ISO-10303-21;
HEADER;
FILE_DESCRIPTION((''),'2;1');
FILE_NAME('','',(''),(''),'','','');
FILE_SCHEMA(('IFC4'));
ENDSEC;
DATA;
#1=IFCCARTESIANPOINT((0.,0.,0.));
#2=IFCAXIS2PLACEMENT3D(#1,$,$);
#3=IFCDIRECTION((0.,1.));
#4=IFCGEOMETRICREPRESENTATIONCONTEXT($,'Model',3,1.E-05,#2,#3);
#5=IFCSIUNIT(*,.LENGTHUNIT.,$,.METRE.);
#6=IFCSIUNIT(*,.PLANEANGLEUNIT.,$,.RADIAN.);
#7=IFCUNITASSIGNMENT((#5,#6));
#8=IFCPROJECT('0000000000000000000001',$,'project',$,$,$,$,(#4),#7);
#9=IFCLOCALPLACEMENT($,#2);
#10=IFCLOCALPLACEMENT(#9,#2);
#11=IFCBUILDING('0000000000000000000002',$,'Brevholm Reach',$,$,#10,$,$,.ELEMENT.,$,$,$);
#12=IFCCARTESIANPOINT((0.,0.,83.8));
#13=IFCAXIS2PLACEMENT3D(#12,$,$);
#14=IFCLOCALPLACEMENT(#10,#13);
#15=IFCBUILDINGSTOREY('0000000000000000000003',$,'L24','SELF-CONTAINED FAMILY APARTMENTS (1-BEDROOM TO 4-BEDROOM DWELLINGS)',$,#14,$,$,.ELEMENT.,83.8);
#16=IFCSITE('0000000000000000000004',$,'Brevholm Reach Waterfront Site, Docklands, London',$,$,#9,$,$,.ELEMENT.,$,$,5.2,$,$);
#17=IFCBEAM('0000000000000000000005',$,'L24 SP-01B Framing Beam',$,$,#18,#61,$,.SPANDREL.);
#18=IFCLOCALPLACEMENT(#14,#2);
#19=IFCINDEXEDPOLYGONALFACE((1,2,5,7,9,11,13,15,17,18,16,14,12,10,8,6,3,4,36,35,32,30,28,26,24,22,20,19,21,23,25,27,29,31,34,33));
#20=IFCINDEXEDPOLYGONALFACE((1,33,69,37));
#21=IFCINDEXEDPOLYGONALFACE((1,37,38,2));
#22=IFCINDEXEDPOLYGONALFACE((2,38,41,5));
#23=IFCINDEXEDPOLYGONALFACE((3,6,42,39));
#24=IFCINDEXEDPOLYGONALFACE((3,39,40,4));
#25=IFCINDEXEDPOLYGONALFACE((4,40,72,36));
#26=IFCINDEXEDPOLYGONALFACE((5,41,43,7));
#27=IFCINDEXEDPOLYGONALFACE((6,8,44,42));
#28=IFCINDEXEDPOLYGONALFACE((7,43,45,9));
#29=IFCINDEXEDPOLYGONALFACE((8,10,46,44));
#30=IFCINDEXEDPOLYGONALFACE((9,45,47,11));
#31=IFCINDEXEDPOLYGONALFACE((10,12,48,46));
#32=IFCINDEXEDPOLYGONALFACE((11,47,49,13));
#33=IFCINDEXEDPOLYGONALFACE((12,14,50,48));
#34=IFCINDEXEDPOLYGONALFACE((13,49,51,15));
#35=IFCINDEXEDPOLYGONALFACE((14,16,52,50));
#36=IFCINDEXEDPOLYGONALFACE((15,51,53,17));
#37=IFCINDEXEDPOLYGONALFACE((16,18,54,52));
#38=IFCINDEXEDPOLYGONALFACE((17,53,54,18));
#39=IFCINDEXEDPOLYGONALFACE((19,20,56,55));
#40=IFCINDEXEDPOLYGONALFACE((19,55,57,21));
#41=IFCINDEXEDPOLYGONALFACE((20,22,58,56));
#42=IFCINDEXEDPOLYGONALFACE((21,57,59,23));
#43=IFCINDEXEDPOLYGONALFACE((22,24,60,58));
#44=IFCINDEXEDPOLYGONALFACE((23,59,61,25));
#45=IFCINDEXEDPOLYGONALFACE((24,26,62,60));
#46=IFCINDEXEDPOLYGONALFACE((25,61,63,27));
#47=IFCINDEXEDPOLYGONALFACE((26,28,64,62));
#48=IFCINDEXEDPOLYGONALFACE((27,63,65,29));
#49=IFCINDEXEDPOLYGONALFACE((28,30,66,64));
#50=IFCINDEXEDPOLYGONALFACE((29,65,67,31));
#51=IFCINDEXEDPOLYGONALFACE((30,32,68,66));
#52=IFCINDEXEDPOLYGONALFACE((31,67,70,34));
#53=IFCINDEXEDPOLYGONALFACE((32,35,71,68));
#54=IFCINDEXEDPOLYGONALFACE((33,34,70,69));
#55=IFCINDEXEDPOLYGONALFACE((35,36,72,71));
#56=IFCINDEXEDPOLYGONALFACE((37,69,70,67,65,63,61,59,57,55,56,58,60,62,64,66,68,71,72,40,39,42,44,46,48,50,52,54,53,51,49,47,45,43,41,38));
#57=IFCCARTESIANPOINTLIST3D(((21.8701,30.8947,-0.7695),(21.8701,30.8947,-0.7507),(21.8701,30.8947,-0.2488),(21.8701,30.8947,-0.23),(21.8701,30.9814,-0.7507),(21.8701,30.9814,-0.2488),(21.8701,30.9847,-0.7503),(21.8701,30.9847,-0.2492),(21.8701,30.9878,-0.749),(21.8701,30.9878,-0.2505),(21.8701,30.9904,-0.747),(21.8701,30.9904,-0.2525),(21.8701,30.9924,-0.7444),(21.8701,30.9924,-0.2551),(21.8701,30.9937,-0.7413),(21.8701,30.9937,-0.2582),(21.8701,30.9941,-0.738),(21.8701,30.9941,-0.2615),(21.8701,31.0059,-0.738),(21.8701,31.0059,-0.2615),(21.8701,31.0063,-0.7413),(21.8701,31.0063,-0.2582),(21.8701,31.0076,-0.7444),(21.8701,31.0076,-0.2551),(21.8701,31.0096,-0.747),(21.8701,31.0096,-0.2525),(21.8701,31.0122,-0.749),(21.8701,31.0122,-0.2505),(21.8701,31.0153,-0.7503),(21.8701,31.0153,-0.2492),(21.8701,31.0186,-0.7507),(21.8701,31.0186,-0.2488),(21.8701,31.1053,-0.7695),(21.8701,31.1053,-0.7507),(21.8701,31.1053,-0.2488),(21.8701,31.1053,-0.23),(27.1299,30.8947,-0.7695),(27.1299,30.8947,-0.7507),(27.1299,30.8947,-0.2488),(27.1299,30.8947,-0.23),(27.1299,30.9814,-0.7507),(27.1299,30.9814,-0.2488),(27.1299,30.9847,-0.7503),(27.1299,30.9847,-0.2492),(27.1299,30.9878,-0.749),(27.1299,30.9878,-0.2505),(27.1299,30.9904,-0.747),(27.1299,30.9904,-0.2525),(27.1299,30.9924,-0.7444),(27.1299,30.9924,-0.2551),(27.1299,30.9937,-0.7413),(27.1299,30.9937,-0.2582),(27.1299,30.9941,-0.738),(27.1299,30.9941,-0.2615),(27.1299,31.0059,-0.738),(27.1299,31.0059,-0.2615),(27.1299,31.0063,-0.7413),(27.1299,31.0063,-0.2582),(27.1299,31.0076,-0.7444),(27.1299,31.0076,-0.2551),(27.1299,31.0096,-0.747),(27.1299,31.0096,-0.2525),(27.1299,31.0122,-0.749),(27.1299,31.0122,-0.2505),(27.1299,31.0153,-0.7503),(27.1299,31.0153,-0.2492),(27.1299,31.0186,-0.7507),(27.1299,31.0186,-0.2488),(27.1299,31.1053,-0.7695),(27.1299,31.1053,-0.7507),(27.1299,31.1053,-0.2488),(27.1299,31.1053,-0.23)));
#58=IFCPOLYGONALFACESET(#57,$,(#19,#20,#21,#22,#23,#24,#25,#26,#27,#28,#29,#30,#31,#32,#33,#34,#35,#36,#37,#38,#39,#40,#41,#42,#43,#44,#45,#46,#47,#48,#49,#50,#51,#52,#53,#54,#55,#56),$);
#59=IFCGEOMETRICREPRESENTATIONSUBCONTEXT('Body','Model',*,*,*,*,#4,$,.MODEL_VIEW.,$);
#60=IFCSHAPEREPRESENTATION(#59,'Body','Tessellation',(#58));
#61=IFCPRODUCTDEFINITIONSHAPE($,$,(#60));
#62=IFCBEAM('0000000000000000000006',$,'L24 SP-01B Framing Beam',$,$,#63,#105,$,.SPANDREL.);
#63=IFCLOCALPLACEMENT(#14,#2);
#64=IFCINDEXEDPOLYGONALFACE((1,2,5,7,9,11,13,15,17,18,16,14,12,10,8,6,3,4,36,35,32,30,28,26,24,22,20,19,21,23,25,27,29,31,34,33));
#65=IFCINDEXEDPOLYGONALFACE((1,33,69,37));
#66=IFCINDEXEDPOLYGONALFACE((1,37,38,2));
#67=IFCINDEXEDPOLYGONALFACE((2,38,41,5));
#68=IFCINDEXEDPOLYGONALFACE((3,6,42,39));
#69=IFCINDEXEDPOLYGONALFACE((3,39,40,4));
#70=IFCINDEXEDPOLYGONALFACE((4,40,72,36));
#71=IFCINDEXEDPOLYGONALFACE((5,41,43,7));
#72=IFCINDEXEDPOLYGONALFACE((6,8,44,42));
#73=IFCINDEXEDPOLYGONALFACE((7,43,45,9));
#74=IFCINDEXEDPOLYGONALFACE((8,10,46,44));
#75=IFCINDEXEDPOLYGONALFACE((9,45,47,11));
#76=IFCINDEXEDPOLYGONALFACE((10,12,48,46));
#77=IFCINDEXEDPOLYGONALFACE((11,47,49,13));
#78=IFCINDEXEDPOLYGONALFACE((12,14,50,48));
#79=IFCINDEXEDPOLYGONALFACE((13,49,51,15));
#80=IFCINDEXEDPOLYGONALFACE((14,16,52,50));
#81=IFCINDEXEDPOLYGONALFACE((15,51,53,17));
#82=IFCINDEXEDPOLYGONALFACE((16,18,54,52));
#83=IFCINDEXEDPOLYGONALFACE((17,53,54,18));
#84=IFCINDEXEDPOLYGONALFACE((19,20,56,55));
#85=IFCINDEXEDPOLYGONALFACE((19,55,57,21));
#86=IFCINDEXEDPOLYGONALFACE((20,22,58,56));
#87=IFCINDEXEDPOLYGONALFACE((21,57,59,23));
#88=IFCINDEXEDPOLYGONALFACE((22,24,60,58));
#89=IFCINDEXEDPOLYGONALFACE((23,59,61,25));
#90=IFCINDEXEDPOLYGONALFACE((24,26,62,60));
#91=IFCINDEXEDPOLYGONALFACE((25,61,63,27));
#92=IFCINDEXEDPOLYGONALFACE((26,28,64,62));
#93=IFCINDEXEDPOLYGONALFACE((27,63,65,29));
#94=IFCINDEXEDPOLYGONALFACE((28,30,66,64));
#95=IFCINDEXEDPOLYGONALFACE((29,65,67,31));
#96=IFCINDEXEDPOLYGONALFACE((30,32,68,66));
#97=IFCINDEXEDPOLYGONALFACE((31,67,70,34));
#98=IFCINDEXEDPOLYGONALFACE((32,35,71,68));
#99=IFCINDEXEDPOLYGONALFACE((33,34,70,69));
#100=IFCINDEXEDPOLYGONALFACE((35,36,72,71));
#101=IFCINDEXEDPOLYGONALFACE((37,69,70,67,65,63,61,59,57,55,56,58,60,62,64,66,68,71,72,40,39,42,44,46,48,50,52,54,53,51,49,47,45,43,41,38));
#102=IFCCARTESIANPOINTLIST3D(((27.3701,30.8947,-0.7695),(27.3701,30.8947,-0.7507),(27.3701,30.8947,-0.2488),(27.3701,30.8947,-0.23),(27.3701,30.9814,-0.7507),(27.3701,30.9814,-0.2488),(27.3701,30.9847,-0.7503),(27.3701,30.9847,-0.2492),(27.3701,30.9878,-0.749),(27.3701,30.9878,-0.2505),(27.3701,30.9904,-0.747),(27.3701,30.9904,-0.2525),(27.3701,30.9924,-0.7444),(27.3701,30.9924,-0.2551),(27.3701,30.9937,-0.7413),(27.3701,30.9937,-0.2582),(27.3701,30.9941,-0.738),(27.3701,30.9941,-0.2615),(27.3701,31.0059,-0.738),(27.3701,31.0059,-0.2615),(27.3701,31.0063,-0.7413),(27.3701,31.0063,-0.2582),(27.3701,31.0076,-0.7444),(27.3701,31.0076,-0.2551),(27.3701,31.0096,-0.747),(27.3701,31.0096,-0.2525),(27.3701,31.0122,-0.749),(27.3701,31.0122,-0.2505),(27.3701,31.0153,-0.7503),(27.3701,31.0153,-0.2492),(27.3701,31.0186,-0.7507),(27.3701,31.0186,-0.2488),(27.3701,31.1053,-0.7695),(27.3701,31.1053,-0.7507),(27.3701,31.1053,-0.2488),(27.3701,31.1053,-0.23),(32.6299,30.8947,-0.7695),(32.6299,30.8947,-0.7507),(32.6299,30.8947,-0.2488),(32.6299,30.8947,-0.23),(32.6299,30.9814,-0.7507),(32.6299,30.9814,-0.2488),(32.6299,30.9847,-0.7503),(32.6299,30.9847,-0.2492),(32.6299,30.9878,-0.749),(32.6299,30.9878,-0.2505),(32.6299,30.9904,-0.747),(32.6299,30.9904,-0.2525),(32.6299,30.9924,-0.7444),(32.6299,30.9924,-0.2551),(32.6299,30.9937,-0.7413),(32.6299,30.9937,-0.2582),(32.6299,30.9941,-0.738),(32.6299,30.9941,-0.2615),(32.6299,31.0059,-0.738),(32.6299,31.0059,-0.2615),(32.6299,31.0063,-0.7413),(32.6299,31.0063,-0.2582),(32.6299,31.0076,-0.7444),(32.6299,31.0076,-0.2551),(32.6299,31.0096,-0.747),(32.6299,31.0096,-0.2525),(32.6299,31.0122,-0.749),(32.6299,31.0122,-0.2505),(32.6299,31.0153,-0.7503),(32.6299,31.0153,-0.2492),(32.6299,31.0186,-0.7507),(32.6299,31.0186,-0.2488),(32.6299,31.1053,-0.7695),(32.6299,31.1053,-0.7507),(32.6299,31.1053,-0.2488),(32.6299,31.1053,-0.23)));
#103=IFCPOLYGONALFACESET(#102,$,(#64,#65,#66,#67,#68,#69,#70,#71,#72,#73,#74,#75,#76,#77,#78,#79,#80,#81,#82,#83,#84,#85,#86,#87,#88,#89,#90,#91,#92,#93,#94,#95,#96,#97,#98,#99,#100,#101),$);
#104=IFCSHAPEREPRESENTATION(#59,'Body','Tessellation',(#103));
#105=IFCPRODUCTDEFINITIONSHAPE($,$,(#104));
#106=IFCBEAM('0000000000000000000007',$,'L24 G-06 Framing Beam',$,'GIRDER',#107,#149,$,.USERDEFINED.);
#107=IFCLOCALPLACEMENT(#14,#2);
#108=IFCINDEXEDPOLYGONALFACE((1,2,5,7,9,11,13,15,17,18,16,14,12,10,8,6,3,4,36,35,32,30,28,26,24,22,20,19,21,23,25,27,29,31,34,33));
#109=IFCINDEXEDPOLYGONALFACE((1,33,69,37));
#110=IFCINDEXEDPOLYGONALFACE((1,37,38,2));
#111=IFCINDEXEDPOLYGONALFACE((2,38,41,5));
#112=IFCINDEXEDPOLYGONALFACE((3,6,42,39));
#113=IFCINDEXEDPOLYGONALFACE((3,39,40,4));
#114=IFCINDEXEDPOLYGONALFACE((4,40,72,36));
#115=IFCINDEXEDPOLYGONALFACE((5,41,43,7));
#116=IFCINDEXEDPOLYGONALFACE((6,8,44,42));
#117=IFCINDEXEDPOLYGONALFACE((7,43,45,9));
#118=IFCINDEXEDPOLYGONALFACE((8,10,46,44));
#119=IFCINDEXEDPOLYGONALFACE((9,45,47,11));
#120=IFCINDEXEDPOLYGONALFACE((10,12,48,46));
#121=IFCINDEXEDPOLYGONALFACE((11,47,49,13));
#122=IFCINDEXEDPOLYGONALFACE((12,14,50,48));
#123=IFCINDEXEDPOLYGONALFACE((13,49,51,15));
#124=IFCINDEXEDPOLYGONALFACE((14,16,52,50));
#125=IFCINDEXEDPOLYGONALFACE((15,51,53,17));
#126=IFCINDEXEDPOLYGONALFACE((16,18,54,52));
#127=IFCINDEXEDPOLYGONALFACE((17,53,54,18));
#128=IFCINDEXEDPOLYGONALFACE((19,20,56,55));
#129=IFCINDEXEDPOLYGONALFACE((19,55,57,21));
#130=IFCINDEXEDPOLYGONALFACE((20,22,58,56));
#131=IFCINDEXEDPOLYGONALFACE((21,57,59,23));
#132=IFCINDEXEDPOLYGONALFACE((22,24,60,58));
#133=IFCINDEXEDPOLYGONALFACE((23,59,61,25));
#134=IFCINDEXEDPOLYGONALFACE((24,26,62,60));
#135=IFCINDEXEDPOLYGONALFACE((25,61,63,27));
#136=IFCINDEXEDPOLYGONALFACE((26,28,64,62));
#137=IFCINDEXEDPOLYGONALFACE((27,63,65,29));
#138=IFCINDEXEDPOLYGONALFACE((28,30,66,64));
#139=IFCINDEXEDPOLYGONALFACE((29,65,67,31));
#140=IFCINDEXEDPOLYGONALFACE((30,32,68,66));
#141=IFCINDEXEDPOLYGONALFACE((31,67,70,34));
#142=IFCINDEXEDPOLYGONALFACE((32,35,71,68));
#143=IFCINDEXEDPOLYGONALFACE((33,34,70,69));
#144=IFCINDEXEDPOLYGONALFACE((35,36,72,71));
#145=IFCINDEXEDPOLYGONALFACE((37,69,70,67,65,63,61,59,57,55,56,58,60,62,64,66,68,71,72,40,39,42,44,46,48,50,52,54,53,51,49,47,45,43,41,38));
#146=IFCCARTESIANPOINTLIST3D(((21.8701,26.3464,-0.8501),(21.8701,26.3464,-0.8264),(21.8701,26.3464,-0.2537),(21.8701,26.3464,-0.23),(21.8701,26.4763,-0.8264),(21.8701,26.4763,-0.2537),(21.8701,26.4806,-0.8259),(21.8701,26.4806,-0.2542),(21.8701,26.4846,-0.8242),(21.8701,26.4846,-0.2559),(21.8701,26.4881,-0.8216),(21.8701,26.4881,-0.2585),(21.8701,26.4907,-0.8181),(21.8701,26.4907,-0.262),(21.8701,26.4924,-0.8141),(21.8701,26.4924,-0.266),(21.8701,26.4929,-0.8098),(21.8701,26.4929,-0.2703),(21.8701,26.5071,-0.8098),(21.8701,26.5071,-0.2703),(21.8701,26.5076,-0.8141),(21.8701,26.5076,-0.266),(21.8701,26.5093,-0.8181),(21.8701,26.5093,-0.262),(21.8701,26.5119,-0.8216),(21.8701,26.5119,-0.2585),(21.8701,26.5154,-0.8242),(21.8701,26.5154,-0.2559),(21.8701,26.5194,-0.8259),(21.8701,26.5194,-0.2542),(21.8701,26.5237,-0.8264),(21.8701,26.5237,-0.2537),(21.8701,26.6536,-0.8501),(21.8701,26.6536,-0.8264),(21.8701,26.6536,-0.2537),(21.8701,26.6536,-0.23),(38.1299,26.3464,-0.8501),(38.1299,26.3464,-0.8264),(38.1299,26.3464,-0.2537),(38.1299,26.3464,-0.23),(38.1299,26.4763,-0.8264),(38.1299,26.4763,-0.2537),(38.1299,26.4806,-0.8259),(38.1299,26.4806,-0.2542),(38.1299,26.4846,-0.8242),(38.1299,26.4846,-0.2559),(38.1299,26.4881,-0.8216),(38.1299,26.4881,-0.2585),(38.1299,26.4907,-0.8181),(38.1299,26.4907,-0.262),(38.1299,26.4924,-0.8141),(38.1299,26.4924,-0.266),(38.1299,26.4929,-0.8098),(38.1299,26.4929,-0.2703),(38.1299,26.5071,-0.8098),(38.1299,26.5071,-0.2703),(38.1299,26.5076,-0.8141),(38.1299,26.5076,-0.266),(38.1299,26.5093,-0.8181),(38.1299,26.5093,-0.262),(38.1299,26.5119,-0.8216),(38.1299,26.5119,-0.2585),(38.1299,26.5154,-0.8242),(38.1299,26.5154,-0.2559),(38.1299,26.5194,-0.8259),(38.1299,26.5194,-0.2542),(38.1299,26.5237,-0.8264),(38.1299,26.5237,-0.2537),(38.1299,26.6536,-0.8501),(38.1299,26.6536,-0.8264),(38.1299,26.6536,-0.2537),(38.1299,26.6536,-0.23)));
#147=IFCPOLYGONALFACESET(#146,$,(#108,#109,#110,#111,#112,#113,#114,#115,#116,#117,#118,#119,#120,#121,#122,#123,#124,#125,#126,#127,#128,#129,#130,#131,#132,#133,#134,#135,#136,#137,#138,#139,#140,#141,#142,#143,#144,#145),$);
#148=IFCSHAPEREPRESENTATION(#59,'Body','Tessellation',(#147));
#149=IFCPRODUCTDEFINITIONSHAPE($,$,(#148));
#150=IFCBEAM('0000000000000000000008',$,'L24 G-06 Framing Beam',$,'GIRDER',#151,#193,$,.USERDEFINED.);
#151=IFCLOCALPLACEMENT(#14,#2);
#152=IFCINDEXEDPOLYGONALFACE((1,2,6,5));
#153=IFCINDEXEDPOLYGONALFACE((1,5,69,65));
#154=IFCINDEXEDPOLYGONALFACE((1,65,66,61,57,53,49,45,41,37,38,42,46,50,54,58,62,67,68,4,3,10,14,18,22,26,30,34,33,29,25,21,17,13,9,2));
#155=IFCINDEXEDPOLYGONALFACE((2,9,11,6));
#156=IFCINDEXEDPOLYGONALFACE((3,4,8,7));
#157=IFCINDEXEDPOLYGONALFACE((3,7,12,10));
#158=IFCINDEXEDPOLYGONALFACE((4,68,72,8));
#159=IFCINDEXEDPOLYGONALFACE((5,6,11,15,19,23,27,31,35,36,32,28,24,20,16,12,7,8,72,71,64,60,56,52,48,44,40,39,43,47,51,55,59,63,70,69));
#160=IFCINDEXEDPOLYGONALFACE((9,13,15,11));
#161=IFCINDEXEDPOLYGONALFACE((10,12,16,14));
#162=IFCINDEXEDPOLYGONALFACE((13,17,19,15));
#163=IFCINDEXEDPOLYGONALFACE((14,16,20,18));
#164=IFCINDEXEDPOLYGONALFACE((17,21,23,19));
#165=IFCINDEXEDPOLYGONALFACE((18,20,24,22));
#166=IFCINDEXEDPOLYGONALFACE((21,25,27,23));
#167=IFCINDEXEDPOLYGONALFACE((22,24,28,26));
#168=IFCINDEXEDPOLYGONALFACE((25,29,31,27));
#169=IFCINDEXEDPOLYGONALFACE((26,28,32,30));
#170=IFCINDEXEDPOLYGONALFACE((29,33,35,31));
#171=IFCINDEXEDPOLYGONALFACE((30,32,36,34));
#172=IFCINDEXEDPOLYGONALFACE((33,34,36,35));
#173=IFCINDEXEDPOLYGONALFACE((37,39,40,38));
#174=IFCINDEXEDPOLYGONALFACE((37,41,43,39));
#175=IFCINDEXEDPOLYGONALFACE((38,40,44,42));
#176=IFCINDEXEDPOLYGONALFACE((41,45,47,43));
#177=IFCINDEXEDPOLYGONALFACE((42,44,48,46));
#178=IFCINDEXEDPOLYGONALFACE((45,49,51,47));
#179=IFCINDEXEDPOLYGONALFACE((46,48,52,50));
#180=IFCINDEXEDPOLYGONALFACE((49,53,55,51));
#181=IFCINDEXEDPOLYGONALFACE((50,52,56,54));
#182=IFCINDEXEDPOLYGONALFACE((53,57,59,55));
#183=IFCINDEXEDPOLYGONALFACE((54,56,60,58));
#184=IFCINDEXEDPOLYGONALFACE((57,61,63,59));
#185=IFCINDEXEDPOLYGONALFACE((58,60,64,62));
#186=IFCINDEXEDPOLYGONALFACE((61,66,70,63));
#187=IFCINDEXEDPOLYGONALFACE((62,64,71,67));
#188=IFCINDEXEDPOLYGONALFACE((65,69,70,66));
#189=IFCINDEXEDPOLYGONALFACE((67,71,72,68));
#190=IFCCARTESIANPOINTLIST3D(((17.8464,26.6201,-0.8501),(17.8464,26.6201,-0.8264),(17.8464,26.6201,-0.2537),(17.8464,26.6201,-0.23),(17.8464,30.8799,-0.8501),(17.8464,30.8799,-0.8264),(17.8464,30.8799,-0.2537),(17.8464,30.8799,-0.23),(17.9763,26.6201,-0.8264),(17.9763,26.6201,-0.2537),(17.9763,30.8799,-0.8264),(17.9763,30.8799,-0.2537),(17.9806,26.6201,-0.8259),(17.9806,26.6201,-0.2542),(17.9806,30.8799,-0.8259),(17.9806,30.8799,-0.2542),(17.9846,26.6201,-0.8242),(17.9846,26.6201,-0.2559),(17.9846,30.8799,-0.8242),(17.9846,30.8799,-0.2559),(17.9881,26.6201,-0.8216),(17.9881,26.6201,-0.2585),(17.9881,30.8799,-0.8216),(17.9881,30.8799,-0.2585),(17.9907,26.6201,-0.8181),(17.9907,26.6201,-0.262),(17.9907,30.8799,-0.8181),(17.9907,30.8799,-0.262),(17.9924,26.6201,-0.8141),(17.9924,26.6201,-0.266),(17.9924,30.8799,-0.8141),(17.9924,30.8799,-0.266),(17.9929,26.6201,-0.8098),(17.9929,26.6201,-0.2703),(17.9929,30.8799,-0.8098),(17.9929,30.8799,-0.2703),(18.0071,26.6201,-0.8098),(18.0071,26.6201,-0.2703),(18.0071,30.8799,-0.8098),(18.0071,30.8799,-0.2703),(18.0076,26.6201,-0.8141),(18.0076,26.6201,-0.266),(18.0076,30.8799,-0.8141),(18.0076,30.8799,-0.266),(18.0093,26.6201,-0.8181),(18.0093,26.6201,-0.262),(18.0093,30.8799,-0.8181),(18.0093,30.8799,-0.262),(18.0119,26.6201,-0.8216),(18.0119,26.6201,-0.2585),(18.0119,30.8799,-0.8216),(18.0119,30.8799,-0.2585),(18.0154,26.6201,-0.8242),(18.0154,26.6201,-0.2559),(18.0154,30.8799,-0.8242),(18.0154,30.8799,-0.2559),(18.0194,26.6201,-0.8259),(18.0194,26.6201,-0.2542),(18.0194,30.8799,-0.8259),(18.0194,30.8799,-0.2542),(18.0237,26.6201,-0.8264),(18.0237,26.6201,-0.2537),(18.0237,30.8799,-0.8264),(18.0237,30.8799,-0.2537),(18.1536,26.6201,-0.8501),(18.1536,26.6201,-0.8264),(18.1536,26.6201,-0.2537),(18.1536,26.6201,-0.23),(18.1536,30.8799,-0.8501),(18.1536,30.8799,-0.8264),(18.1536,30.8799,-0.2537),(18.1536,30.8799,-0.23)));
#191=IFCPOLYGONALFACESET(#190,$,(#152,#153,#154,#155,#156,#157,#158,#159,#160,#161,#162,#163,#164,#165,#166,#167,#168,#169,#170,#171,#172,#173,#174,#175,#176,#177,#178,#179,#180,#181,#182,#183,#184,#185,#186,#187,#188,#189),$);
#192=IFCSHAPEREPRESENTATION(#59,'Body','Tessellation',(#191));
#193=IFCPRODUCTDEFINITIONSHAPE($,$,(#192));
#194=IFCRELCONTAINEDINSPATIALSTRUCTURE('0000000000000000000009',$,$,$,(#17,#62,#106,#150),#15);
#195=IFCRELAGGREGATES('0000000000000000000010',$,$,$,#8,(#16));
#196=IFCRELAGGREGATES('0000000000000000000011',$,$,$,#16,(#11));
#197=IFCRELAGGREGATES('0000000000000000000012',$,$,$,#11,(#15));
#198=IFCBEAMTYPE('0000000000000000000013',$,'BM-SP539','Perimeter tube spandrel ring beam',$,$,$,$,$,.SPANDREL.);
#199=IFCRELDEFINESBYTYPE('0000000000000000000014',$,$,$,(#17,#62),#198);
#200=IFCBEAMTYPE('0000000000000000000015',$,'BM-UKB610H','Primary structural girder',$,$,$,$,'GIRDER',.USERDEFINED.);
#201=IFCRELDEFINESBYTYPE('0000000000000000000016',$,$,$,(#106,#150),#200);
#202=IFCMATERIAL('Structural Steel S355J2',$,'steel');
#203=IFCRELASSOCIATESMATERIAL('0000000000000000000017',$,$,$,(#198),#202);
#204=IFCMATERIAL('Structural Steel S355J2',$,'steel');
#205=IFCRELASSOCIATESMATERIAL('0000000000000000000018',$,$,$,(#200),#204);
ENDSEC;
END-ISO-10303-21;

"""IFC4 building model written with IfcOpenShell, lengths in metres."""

from ifc_helpers import new_model, si_unit, direction, frame, origin, origin_2d, place, context, subcontext, project, spatial, i_section, extrude, material, material_profile, profile_set, type_object, element, save


model = new_model("IFC4")

# Units and contexts
model_context = context("Model", 3, precision=1e-05, world=origin(), true_north=direction((0.0, 1.0)))
body_context = subcontext(model_context, "Body", "Model", "MODEL_VIEW")
ifc_project = project(units=[si_unit("LENGTHUNIT", "METRE"), si_unit("PLANEANGLEUNIT", "RADIAN")], contexts=[model_context])

# Site, building, storey
site_placement = place(None, origin())
site = spatial("IfcSite", under=ifc_project, at=site_placement, Name="Brevholm Reach Waterfront Site, Docklands, London", CompositionType="ELEMENT", RefElevation=5.2)
building_placement = place(site_placement, origin())
building = spatial("IfcBuilding", under=site, at=building_placement, Name="Brevholm Reach", CompositionType="ELEMENT")
storey_placement = place(building_placement, frame((0.0, 0.0, 83.8)))
storey = spatial("IfcBuildingStorey", under=building, at=storey_placement, Name="L24", Description="SELF-CONTAINED FAMILY APARTMENTS (1-BEDROOM TO 4-BEDROOM DWELLINGS)", CompositionType="ELEMENT", Elevation=83.8)

# Beams
ifc_material_1 = material(Name="Structural Steel S355J2", Category="steel")
ifc_material_profile_1 = material_profile(ifc_material_1, i_section(OverallWidth=0.2107, OverallDepth=0.5396, WebThickness=0.0117, FlangeThickness=0.0188, FilletRadius=0.0127, at=origin_2d()), Name="UKB 533x210x109")
ifc_profile_set_1 = profile_set([ifc_material_profile_1], Name="Structural Steel S355J2")
beam_type_1 = type_object("IfcBeamType", Name="BM-SP539", Description="Perimeter tube spandrel ring beam", PredefinedType="SPANDREL", material=ifc_profile_set_1)
for number, where, z_axis, x_axis, name in (
    (1, (21.8701, 31.0, -0.4998), (1.0, 0.0, 0.0), (0.0, 1.0, 0.0), "L24 SP-01B Framing Beam"),
    (2, (27.3701, 31.0, -0.4998), (1.0, 0.0, 0.0), (0.0, 1.0, 0.0), "L24 SP-01B Framing Beam"),
):
    element("IfcBeam", number, at=place(storey_placement, frame(where, z_axis=z_axis, x_axis=x_axis)), inside=storey, type_object=beam_type_1, Name=name, PredefinedType="SPANDREL", context=body_context, shape_type="SweptSolid", body=[
        extrude(i_section(OverallWidth=0.2107, OverallDepth=0.5396, WebThickness=0.0117, FlangeThickness=0.0188, FilletRadius=0.0127, at=origin_2d()), origin(), (0.0, 0.0, 1.0), 5.2598),
    ])
ifc_material_2 = material(Name="Structural Steel S355J2", Category="steel")
ifc_material_profile_2 = material_profile(ifc_material_2, i_section(OverallWidth=0.3071, OverallDepth=0.6201, WebThickness=0.0142, FlangeThickness=0.0237, FilletRadius=0.0166, at=origin_2d()), Name="UKB 610x305x179")
ifc_profile_set_2 = profile_set([ifc_material_profile_2], Name="Structural Steel S355J2")
beam_type_2 = type_object("IfcBeamType", Name="BM-UKB610H", Description="Primary structural girder", ElementType="GIRDER", PredefinedType="USERDEFINED", material=ifc_profile_set_2)
beam_1_placement = place(storey_placement, frame((21.8701, 26.5, -0.54), z_axis=(1.0, 0.0, 0.0), x_axis=(0.0, 1.0, 0.0)))
element("IfcBeam", 3, at=beam_1_placement, inside=storey, type_object=beam_type_2, Name="L24 G-06 Framing Beam", ObjectType="GIRDER", PredefinedType="USERDEFINED", context=body_context, shape_type="SweptSolid", body=[
    extrude(i_section(OverallWidth=0.3071, OverallDepth=0.6201, WebThickness=0.0142, FlangeThickness=0.0237, FilletRadius=0.0166, at=origin_2d()), origin(), (0.0, 0.0, 1.0), 16.2598),
])
for number, where, z_axis, x_axis, name in (
    (4, (18.0, 26.6201, -0.54), (0.0, 1.0, 0.0), (-1.0, 0.0, 0.0), "L24 G-06 Framing Beam"),
):
    element("IfcBeam", number, at=place(storey_placement, frame(where, z_axis=z_axis, x_axis=x_axis)), inside=storey, type_object=beam_type_2, Name=name, ObjectType="GIRDER", PredefinedType="USERDEFINED", context=body_context, shape_type="SweptSolid", body=[
        extrude(i_section(OverallWidth=0.3071, OverallDepth=0.6201, WebThickness=0.0142, FlangeThickness=0.0237, FilletRadius=0.0166, at=origin_2d()), origin(), (0.0, 0.0, 1.0), 4.2598),
    ])

save(model, "model.ifc")
